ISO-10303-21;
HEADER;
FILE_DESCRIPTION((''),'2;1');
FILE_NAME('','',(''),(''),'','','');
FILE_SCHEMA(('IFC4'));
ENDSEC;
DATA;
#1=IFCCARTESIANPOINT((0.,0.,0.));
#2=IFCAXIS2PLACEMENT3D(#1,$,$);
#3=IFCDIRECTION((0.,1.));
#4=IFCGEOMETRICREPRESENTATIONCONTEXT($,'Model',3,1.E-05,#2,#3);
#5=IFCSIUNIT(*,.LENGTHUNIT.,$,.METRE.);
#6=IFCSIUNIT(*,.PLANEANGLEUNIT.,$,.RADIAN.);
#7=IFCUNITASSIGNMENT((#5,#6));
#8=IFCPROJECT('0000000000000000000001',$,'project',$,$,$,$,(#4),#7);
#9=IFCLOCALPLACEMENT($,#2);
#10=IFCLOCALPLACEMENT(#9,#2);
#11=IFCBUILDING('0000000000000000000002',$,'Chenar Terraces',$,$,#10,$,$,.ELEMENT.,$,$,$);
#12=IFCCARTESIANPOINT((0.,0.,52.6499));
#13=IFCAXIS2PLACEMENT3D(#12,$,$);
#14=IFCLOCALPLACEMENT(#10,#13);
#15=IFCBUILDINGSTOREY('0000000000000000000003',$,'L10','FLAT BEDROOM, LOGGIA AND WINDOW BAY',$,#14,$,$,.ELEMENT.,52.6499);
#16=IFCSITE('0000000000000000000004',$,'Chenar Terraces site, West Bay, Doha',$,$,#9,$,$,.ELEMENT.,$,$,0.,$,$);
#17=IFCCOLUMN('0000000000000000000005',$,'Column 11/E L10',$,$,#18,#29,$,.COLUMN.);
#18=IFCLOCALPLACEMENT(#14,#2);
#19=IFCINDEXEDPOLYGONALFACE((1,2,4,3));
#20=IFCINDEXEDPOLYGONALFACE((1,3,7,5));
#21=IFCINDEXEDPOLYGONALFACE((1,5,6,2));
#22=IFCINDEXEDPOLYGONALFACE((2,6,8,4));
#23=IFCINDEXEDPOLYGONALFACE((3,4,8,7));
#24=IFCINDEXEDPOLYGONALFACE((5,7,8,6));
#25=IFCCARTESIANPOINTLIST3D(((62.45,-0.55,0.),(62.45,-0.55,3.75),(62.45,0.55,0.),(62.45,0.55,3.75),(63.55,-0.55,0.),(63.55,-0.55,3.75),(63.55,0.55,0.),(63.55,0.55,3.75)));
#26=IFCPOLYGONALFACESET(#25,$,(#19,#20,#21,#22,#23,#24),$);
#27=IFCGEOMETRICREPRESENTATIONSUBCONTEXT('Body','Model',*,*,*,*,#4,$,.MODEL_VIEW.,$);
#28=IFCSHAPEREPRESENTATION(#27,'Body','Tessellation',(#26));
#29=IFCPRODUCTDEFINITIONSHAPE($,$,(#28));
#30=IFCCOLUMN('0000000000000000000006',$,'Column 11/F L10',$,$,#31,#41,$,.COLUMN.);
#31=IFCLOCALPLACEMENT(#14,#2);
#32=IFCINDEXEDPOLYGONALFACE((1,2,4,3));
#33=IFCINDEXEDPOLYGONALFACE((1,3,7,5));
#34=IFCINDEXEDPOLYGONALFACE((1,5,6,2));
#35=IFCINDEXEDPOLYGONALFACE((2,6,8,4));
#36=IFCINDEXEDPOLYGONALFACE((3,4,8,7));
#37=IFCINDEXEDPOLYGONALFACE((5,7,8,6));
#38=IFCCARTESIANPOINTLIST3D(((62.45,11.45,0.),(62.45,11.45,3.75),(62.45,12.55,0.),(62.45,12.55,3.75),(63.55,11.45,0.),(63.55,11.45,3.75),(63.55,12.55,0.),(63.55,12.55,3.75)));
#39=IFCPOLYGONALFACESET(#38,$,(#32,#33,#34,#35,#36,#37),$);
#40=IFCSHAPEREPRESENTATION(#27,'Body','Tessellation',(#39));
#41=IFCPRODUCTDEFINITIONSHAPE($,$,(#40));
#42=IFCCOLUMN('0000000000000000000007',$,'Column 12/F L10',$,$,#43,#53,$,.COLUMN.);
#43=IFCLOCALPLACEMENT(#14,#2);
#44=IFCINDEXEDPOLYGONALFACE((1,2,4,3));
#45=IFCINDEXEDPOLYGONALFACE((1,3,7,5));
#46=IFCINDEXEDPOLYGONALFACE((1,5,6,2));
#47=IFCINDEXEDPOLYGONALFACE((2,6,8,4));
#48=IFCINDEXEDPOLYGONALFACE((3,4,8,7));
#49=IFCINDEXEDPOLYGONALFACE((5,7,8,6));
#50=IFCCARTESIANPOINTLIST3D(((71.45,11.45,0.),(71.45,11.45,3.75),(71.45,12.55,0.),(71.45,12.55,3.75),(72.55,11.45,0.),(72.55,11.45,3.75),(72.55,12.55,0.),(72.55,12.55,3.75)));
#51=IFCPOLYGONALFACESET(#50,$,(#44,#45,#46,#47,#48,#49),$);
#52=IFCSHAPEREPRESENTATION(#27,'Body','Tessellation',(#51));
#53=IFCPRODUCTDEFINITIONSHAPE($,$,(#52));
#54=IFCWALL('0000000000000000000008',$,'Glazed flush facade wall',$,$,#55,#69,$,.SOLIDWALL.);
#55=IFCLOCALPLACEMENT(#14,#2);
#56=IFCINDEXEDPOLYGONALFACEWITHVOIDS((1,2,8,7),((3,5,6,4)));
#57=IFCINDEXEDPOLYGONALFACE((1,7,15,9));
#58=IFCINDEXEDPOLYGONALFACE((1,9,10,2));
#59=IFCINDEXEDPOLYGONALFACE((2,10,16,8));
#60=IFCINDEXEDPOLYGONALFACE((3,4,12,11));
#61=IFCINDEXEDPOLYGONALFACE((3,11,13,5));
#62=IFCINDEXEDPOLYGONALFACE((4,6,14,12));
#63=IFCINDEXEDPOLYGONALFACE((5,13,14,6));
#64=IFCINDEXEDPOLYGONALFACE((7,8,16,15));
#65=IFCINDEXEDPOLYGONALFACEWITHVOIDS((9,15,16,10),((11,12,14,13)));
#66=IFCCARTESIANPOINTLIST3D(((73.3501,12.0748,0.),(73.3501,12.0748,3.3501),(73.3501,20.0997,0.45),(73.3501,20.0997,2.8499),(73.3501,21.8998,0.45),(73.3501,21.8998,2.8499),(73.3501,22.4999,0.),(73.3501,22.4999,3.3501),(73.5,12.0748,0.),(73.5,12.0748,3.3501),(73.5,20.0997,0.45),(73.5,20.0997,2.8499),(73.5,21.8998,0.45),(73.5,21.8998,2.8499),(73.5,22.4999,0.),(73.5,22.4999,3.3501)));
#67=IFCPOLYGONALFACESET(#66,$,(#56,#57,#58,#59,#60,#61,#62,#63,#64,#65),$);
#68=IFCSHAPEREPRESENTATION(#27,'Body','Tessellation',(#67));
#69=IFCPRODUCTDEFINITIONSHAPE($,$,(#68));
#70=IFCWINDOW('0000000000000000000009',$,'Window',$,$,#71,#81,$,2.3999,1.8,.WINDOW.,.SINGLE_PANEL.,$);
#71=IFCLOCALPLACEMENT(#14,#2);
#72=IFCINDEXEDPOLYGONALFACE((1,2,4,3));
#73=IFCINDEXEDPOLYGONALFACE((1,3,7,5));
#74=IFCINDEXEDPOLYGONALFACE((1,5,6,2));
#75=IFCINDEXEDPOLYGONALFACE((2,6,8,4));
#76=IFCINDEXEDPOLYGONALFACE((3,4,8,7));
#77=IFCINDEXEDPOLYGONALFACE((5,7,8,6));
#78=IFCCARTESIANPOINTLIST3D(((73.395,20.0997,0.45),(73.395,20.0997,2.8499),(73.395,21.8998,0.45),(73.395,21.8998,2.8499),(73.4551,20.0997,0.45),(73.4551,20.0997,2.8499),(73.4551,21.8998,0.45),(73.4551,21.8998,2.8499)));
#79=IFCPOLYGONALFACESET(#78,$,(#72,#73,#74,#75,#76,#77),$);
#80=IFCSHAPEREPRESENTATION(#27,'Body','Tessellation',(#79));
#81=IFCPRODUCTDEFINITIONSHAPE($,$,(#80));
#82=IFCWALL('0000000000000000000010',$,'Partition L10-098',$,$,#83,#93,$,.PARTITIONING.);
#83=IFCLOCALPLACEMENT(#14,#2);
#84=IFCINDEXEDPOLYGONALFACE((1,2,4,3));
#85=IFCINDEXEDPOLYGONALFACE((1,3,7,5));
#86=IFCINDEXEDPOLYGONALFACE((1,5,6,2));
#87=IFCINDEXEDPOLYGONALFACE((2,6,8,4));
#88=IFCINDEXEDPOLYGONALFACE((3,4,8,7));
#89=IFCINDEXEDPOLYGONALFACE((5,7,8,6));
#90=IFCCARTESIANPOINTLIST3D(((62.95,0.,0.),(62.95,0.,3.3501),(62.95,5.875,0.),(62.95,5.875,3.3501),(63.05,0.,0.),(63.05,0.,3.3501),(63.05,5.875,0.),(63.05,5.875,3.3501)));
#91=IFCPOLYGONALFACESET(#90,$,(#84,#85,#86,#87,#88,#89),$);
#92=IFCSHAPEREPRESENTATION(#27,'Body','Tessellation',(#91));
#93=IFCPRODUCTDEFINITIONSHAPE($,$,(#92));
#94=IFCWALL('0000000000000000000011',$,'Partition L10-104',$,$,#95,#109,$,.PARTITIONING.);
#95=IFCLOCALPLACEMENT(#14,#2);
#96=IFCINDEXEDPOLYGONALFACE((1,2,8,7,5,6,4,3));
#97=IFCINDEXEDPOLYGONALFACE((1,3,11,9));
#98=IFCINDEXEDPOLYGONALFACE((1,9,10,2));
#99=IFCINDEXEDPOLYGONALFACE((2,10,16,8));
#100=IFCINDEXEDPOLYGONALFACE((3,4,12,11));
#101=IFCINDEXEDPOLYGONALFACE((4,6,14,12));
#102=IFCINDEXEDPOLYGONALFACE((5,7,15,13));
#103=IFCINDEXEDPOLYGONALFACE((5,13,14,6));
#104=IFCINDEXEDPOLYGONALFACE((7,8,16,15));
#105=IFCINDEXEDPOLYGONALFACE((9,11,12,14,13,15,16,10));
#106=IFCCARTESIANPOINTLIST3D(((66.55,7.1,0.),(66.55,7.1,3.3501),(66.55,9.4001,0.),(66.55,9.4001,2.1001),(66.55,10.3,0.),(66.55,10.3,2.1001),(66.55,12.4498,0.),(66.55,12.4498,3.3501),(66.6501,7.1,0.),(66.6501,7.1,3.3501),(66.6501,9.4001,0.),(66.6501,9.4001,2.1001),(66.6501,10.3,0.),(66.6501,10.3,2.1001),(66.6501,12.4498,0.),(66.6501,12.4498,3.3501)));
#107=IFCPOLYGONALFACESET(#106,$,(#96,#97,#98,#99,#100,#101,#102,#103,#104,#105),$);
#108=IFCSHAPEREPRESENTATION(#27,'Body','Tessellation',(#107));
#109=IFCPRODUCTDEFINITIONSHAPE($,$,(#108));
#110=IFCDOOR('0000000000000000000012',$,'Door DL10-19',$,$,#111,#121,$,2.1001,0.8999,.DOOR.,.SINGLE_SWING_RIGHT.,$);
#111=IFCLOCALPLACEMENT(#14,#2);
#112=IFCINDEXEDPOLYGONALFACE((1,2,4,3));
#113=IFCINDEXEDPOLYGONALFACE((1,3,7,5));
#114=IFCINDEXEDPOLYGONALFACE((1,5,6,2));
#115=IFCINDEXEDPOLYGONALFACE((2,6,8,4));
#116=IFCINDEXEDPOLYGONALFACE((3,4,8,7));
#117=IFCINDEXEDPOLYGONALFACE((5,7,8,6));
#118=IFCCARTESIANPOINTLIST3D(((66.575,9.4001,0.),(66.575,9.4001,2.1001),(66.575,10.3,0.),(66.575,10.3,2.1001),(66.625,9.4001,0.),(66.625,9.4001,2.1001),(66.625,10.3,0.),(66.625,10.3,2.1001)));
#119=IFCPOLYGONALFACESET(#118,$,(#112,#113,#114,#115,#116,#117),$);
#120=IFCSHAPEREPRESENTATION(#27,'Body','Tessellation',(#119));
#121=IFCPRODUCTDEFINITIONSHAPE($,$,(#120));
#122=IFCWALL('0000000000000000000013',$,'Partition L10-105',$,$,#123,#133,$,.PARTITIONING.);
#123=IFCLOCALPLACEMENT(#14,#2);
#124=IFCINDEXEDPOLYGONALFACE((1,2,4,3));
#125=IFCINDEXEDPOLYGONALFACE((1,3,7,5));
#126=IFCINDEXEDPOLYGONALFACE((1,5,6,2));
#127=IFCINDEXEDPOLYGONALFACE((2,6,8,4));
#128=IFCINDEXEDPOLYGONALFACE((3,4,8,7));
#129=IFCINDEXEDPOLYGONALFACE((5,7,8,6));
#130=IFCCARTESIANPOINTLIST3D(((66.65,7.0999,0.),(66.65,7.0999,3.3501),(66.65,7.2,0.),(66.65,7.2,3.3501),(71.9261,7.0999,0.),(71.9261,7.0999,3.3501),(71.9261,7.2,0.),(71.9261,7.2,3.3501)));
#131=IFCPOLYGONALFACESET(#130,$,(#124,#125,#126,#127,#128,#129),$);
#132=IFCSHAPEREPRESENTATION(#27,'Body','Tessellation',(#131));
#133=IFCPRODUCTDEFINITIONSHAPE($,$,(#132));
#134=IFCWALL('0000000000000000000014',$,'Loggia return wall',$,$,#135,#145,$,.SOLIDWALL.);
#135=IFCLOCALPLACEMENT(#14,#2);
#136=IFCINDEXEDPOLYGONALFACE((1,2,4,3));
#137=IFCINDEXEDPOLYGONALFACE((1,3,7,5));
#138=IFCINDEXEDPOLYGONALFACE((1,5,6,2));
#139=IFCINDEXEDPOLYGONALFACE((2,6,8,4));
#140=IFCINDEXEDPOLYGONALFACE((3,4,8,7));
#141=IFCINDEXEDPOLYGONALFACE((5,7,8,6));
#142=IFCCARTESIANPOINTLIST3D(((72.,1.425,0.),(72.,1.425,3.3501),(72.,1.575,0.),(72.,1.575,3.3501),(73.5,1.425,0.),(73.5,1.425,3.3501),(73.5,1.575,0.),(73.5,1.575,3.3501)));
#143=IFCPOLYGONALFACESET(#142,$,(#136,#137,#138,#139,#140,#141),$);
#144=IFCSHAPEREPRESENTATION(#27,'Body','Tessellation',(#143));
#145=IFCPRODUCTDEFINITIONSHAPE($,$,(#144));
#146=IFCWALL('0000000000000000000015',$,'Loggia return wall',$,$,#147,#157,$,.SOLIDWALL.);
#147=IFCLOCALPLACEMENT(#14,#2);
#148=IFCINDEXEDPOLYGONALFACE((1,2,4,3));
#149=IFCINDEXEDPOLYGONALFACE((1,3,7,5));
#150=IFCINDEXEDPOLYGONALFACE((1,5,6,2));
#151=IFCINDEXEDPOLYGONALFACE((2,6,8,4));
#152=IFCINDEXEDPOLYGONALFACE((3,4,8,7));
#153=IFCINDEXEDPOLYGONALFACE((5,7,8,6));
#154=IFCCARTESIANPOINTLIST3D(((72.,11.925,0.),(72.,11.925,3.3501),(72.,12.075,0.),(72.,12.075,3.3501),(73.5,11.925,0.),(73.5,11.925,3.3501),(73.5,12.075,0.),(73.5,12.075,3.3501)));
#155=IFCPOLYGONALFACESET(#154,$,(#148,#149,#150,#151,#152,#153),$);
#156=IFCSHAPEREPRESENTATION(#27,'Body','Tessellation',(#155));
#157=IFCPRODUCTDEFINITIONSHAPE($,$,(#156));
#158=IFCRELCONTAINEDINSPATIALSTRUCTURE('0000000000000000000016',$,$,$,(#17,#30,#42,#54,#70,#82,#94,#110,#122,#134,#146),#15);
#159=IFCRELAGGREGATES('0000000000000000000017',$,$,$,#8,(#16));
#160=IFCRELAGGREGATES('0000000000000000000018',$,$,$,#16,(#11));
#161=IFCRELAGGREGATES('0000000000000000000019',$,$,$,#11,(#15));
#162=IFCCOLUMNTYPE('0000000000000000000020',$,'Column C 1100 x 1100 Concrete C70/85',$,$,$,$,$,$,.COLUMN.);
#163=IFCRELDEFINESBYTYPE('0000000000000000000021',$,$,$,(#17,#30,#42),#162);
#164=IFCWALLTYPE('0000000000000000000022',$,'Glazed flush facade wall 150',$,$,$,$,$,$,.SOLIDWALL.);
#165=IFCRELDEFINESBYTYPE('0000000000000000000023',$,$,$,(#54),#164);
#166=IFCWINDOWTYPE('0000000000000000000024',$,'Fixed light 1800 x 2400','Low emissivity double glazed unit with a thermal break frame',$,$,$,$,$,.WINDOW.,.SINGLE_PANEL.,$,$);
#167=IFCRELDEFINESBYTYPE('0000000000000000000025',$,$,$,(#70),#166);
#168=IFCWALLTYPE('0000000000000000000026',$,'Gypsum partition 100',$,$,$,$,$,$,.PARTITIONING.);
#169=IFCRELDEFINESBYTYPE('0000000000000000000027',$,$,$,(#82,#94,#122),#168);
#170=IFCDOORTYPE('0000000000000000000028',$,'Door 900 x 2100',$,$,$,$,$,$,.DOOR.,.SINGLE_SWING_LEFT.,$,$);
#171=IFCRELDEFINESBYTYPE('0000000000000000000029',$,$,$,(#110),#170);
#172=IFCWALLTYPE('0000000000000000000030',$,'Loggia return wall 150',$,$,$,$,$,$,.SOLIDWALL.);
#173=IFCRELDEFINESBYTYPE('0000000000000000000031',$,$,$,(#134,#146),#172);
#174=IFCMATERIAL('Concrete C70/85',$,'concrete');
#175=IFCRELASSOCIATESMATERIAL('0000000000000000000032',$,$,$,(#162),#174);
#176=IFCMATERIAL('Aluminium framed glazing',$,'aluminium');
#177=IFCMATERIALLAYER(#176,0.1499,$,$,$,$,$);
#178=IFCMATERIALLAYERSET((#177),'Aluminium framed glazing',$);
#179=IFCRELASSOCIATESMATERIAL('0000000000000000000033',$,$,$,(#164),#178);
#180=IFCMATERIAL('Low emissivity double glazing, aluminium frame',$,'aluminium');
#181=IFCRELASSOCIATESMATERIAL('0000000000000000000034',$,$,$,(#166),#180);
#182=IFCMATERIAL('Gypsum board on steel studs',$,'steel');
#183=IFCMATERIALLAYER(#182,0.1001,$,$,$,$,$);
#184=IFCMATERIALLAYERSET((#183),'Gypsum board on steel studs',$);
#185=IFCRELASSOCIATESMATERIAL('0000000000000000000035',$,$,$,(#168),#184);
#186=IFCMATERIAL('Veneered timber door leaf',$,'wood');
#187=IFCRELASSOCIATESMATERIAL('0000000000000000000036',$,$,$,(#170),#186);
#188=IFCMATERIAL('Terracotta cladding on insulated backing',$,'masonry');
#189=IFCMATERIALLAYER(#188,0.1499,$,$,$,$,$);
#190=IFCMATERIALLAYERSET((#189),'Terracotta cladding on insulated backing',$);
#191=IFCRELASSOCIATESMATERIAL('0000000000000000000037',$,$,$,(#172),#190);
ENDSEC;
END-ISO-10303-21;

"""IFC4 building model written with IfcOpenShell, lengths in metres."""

from ifc_helpers import new_model, si_unit, direction, frame, frame_2d, origin, origin_2d, place, context, subcontext, project, spatial, rectangle, extrude, material, layer, layer_set, material_profile, profile_set, type_object, element, fill, save


model = new_model("IFC4")

# Units and contexts
model_context = context("Model", 3, precision=1e-05, world=origin(), true_north=direction((0.0, 1.0)))
body_context = subcontext(model_context, "Body", "Model", "MODEL_VIEW")
ifc_project = project(units=[si_unit("LENGTHUNIT", "METRE"), si_unit("PLANEANGLEUNIT", "RADIAN")], contexts=[model_context])

# Site, building, storey
site_placement = place(None, origin())
site = spatial("IfcSite", under=ifc_project, at=site_placement, Name="Chenar Terraces site, West Bay, Doha", CompositionType="ELEMENT", RefElevation=0.0)
building_placement = place(site_placement, origin())
building = spatial("IfcBuilding", under=site, at=building_placement, Name="Chenar Terraces", CompositionType="ELEMENT")
storey_placement = place(building_placement, frame((0.0, 0.0, 52.6499)))
storey = spatial("IfcBuildingStorey", under=building, at=storey_placement, Name="L10", Description="FLAT BEDROOM, LOGGIA AND WINDOW BAY", CompositionType="ELEMENT", Elevation=52.6499)

# Columns
ifc_material_1 = material(Name="Concrete C70/85", Category="concrete")
ifc_material_profile = material_profile(ifc_material_1, rectangle(XDim=1.1001, YDim=1.1001, at=origin_2d()), Name="C 1100 x 1100")
ifc_profile_set = profile_set([ifc_material_profile], Name="Concrete C70/85")
column_type = type_object("IfcColumnType", Name="Column C 1100 x 1100 Concrete C70/85", PredefinedType="COLUMN", material=ifc_profile_set)
for number, where, z_axis, x_axis, name in (
    (1, (63.0, 0.0, 0.0), (0.0, 0.0, 1.0), (1.0, 0.0, 0.0), "Column 11/E L10"),
    (2, (63.0, 12.0, 0.0), (0.0, 0.0, 1.0), (1.0, 0.0, 0.0), "Column 11/F L10"),
    (3, (72.0, 12.0, 0.0), (0.0, 0.0, 1.0), (1.0, 0.0, 0.0), "Column 12/F L10"),
):
    element("IfcColumn", number, at=place(storey_placement, frame(where, z_axis=z_axis, x_axis=x_axis)), inside=storey, type_object=column_type, Name=name, PredefinedType="COLUMN", context=body_context, shape_type="SweptSolid", body=[
        extrude(rectangle(XDim=1.1001, YDim=1.1001, at=origin_2d()), origin(), (0.0, 0.0, 1.0), 3.75),
    ])

# Wall, opening, window
ifc_material_2 = material(Name="Aluminium framed glazing", Category="aluminium")
ifc_layer_1 = layer(ifc_material_2, 0.1499)
ifc_layer_set_1 = layer_set([ifc_layer_1], Name="Aluminium framed glazing")
wall_type_1 = type_object("IfcWallType", Name="Glazed flush facade wall 150", PredefinedType="SOLIDWALL", material=ifc_layer_set_1)
wall_1_placement = place(storey_placement, frame((73.425, 12.075, 0.0), z_axis=(0.0, 0.0, 1.0), x_axis=(0.0, 1.0, 0.0)))
wall_1 = element("IfcWall", 4, at=wall_1_placement, inside=storey, type_object=wall_type_1, Name="Glazed flush facade wall", PredefinedType="SOLIDWALL", context=body_context, shape_type="SweptSolid", body=[
    extrude(rectangle(XDim=10.425, YDim=0.1499, at=frame_2d((5.2124, 0.0))), origin(), (0.0, 0.0, 1.0), 3.3501),
])
opening_1_placement = place(wall_1_placement, frame((8.0249, 0.0, 0.45)))
opening_1 = element("IfcOpeningElement", 5, at=opening_1_placement, cuts=wall_1, PredefinedType="OPENING", context=body_context, shape_type="SweptSolid", body=[
    extrude(rectangle(XDim=1.8, YDim=2.3999, at=frame_2d((0.8999, 1.2))), frame((0.0, 0.085, 0.0), z_axis=(0.0, -1.0, 0.0), x_axis=(1.0, 0.0, 0.0)), (0.0, 0.0, 1.0), 0.1699),
])
ifc_material_3 = material(Name="Low emissivity double glazing, aluminium frame", Category="aluminium")
window_type_1 = type_object("IfcWindowType", Name="Fixed light 1800 x 2400", Description="Low emissivity double glazed unit with a thermal break frame", PartitioningType="SINGLE_PANEL", PredefinedType="WINDOW", material=ifc_material_3)
window_1_placement = place(opening_1_placement, origin())
window_1 = element("IfcWindow", 6, at=window_1_placement, inside=storey, type_object=window_type_1, Name="Window", OverallHeight=2.3999, OverallWidth=1.8, PartitioningType="SINGLE_PANEL", PredefinedType="WINDOW", context=body_context, shape_type="SweptSolid", body=[
    extrude(rectangle(XDim=1.8, YDim=2.3999, at=frame_2d((0.8999, 1.2))), frame((0.0, 0.03, 0.0), z_axis=(0.0, -1.0, 0.0), x_axis=(1.0, 0.0, 0.0)), (0.0, 0.0, 1.0), 0.0601),
])
fill(opening_1, window_1)

# Wall
ifc_material_4 = material(Name="Gypsum board on steel studs", Category="steel")
ifc_layer_2 = layer(ifc_material_4, 0.1001)
ifc_layer_set_2 = layer_set([ifc_layer_2], Name="Gypsum board on steel studs")
wall_type_2 = type_object("IfcWallType", Name="Gypsum partition 100", PredefinedType="PARTITIONING", material=ifc_layer_set_2)
wall_2_placement = place(storey_placement, frame((63.0, 0.0, 0.0), z_axis=(0.0, 0.0, 1.0), x_axis=(0.0, 1.0, 0.0)))
element("IfcWall", 7, at=wall_2_placement, inside=storey, type_object=wall_type_2, Name="Partition L10-098", PredefinedType="PARTITIONING", context=body_context, shape_type="SweptSolid", body=[
    extrude(rectangle(XDim=5.875, YDim=0.1001, at=frame_2d((2.9375, 0.0))), origin(), (0.0, 0.0, 1.0), 3.3501),
])

# Wall, opening, door
wall_3_placement = place(storey_placement, frame((66.6001, 7.1001, 0.0), z_axis=(0.0, 0.0, 1.0), x_axis=(0.0, 1.0, 0.0)))
wall_3 = element("IfcWall", 8, at=wall_3_placement, inside=storey, type_object=wall_type_2, Name="Partition L10-104", PredefinedType="PARTITIONING", context=body_context, shape_type="SweptSolid", body=[
    extrude(rectangle(XDim=5.3499, YDim=0.1001, at=frame_2d((2.6748, 0.0))), origin(), (0.0, 0.0, 1.0), 3.3501),
])
opening_2_placement = place(wall_3_placement, frame((2.3, 0.0, 0.0)))
opening_2 = element("IfcOpeningElement", 9, at=opening_2_placement, cuts=wall_3, PredefinedType="OPENING", context=body_context, shape_type="SweptSolid", body=[
    extrude(rectangle(XDim=0.8999, YDim=2.1001, at=frame_2d((0.45, 1.05))), frame((0.0, 0.0601, 0.0), z_axis=(0.0, -1.0, 0.0), x_axis=(1.0, 0.0, 0.0)), (0.0, 0.0, 1.0), 0.1201),
])
ifc_material_5 = material(Name="Veneered timber door leaf", Category="wood")
door_type_1 = type_object("IfcDoorType", Name="Door 900 x 2100", OperationType="SINGLE_SWING_LEFT", PredefinedType="DOOR", material=ifc_material_5)
door_1_placement = place(opening_2_placement, frame((0.8999, 0.0, 0.0), z_axis=(0.0, 0.0, 1.0), x_axis=(-1.0, 0.0, 0.0)))
door_1 = element("IfcDoor", 10, at=door_1_placement, inside=storey, type_object=door_type_1, Name="Door DL10-19", OperationType="SINGLE_SWING_RIGHT", OverallHeight=2.1001, OverallWidth=0.8999, PredefinedType="DOOR", context=body_context, shape_type="SweptSolid", body=[
    extrude(rectangle(XDim=0.8999, YDim=2.1001, at=frame_2d((0.45, 1.05))), frame((0.0, 0.0249, 0.0), z_axis=(0.0, -1.0, 0.0), x_axis=(1.0, 0.0, 0.0)), (0.0, 0.0, 1.0), 0.05),
])
fill(opening_2, door_1)

# Walls
wall_4_placement = place(storey_placement, frame((66.6499, 7.1499, 0.0), z_axis=(0.0, 0.0, 1.0), x_axis=(1.0, 0.0, 0.0)))
element("IfcWall", 11, at=wall_4_placement, inside=storey, type_object=wall_type_2, Name="Partition L10-105", PredefinedType="PARTITIONING", context=body_context, shape_type="SweptSolid", body=[
    extrude(rectangle(XDim=5.2761, YDim=0.1001, at=frame_2d((2.6382, 0.0))), origin(), (0.0, 0.0, 1.0), 3.3501),
])
ifc_material_6 = material(Name="Terracotta cladding on insulated backing", Category="masonry")
ifc_layer_3 = layer(ifc_material_6, 0.1499)
ifc_layer_set_3 = layer_set([ifc_layer_3], Name="Terracotta cladding on insulated backing")
wall_type_3 = type_object("IfcWallType", Name="Loggia return wall 150", PredefinedType="SOLIDWALL", material=ifc_layer_set_3)
for number, where, z_axis, x_axis, name in (
    (12, (73.5, 1.5, 0.0), (0.0, 0.0, 1.0), (-1.0, 0.0, 0.0), "Loggia return wall"),
    (13, (73.5, 12.0, 0.0), (0.0, 0.0, 1.0), (-1.0, 0.0, 0.0), "Loggia return wall"),
):
    element("IfcWall", number, at=place(storey_placement, frame(where, z_axis=z_axis, x_axis=x_axis)), inside=storey, type_object=wall_type_3, Name=name, PredefinedType="SOLIDWALL", context=body_context, shape_type="SweptSolid", body=[
        extrude(rectangle(XDim=1.5, YDim=0.1499, at=frame_2d((0.75, 0.0))), origin(), (0.0, 0.0, 1.0), 3.3501),
    ])

save(model, "model.ifc")
